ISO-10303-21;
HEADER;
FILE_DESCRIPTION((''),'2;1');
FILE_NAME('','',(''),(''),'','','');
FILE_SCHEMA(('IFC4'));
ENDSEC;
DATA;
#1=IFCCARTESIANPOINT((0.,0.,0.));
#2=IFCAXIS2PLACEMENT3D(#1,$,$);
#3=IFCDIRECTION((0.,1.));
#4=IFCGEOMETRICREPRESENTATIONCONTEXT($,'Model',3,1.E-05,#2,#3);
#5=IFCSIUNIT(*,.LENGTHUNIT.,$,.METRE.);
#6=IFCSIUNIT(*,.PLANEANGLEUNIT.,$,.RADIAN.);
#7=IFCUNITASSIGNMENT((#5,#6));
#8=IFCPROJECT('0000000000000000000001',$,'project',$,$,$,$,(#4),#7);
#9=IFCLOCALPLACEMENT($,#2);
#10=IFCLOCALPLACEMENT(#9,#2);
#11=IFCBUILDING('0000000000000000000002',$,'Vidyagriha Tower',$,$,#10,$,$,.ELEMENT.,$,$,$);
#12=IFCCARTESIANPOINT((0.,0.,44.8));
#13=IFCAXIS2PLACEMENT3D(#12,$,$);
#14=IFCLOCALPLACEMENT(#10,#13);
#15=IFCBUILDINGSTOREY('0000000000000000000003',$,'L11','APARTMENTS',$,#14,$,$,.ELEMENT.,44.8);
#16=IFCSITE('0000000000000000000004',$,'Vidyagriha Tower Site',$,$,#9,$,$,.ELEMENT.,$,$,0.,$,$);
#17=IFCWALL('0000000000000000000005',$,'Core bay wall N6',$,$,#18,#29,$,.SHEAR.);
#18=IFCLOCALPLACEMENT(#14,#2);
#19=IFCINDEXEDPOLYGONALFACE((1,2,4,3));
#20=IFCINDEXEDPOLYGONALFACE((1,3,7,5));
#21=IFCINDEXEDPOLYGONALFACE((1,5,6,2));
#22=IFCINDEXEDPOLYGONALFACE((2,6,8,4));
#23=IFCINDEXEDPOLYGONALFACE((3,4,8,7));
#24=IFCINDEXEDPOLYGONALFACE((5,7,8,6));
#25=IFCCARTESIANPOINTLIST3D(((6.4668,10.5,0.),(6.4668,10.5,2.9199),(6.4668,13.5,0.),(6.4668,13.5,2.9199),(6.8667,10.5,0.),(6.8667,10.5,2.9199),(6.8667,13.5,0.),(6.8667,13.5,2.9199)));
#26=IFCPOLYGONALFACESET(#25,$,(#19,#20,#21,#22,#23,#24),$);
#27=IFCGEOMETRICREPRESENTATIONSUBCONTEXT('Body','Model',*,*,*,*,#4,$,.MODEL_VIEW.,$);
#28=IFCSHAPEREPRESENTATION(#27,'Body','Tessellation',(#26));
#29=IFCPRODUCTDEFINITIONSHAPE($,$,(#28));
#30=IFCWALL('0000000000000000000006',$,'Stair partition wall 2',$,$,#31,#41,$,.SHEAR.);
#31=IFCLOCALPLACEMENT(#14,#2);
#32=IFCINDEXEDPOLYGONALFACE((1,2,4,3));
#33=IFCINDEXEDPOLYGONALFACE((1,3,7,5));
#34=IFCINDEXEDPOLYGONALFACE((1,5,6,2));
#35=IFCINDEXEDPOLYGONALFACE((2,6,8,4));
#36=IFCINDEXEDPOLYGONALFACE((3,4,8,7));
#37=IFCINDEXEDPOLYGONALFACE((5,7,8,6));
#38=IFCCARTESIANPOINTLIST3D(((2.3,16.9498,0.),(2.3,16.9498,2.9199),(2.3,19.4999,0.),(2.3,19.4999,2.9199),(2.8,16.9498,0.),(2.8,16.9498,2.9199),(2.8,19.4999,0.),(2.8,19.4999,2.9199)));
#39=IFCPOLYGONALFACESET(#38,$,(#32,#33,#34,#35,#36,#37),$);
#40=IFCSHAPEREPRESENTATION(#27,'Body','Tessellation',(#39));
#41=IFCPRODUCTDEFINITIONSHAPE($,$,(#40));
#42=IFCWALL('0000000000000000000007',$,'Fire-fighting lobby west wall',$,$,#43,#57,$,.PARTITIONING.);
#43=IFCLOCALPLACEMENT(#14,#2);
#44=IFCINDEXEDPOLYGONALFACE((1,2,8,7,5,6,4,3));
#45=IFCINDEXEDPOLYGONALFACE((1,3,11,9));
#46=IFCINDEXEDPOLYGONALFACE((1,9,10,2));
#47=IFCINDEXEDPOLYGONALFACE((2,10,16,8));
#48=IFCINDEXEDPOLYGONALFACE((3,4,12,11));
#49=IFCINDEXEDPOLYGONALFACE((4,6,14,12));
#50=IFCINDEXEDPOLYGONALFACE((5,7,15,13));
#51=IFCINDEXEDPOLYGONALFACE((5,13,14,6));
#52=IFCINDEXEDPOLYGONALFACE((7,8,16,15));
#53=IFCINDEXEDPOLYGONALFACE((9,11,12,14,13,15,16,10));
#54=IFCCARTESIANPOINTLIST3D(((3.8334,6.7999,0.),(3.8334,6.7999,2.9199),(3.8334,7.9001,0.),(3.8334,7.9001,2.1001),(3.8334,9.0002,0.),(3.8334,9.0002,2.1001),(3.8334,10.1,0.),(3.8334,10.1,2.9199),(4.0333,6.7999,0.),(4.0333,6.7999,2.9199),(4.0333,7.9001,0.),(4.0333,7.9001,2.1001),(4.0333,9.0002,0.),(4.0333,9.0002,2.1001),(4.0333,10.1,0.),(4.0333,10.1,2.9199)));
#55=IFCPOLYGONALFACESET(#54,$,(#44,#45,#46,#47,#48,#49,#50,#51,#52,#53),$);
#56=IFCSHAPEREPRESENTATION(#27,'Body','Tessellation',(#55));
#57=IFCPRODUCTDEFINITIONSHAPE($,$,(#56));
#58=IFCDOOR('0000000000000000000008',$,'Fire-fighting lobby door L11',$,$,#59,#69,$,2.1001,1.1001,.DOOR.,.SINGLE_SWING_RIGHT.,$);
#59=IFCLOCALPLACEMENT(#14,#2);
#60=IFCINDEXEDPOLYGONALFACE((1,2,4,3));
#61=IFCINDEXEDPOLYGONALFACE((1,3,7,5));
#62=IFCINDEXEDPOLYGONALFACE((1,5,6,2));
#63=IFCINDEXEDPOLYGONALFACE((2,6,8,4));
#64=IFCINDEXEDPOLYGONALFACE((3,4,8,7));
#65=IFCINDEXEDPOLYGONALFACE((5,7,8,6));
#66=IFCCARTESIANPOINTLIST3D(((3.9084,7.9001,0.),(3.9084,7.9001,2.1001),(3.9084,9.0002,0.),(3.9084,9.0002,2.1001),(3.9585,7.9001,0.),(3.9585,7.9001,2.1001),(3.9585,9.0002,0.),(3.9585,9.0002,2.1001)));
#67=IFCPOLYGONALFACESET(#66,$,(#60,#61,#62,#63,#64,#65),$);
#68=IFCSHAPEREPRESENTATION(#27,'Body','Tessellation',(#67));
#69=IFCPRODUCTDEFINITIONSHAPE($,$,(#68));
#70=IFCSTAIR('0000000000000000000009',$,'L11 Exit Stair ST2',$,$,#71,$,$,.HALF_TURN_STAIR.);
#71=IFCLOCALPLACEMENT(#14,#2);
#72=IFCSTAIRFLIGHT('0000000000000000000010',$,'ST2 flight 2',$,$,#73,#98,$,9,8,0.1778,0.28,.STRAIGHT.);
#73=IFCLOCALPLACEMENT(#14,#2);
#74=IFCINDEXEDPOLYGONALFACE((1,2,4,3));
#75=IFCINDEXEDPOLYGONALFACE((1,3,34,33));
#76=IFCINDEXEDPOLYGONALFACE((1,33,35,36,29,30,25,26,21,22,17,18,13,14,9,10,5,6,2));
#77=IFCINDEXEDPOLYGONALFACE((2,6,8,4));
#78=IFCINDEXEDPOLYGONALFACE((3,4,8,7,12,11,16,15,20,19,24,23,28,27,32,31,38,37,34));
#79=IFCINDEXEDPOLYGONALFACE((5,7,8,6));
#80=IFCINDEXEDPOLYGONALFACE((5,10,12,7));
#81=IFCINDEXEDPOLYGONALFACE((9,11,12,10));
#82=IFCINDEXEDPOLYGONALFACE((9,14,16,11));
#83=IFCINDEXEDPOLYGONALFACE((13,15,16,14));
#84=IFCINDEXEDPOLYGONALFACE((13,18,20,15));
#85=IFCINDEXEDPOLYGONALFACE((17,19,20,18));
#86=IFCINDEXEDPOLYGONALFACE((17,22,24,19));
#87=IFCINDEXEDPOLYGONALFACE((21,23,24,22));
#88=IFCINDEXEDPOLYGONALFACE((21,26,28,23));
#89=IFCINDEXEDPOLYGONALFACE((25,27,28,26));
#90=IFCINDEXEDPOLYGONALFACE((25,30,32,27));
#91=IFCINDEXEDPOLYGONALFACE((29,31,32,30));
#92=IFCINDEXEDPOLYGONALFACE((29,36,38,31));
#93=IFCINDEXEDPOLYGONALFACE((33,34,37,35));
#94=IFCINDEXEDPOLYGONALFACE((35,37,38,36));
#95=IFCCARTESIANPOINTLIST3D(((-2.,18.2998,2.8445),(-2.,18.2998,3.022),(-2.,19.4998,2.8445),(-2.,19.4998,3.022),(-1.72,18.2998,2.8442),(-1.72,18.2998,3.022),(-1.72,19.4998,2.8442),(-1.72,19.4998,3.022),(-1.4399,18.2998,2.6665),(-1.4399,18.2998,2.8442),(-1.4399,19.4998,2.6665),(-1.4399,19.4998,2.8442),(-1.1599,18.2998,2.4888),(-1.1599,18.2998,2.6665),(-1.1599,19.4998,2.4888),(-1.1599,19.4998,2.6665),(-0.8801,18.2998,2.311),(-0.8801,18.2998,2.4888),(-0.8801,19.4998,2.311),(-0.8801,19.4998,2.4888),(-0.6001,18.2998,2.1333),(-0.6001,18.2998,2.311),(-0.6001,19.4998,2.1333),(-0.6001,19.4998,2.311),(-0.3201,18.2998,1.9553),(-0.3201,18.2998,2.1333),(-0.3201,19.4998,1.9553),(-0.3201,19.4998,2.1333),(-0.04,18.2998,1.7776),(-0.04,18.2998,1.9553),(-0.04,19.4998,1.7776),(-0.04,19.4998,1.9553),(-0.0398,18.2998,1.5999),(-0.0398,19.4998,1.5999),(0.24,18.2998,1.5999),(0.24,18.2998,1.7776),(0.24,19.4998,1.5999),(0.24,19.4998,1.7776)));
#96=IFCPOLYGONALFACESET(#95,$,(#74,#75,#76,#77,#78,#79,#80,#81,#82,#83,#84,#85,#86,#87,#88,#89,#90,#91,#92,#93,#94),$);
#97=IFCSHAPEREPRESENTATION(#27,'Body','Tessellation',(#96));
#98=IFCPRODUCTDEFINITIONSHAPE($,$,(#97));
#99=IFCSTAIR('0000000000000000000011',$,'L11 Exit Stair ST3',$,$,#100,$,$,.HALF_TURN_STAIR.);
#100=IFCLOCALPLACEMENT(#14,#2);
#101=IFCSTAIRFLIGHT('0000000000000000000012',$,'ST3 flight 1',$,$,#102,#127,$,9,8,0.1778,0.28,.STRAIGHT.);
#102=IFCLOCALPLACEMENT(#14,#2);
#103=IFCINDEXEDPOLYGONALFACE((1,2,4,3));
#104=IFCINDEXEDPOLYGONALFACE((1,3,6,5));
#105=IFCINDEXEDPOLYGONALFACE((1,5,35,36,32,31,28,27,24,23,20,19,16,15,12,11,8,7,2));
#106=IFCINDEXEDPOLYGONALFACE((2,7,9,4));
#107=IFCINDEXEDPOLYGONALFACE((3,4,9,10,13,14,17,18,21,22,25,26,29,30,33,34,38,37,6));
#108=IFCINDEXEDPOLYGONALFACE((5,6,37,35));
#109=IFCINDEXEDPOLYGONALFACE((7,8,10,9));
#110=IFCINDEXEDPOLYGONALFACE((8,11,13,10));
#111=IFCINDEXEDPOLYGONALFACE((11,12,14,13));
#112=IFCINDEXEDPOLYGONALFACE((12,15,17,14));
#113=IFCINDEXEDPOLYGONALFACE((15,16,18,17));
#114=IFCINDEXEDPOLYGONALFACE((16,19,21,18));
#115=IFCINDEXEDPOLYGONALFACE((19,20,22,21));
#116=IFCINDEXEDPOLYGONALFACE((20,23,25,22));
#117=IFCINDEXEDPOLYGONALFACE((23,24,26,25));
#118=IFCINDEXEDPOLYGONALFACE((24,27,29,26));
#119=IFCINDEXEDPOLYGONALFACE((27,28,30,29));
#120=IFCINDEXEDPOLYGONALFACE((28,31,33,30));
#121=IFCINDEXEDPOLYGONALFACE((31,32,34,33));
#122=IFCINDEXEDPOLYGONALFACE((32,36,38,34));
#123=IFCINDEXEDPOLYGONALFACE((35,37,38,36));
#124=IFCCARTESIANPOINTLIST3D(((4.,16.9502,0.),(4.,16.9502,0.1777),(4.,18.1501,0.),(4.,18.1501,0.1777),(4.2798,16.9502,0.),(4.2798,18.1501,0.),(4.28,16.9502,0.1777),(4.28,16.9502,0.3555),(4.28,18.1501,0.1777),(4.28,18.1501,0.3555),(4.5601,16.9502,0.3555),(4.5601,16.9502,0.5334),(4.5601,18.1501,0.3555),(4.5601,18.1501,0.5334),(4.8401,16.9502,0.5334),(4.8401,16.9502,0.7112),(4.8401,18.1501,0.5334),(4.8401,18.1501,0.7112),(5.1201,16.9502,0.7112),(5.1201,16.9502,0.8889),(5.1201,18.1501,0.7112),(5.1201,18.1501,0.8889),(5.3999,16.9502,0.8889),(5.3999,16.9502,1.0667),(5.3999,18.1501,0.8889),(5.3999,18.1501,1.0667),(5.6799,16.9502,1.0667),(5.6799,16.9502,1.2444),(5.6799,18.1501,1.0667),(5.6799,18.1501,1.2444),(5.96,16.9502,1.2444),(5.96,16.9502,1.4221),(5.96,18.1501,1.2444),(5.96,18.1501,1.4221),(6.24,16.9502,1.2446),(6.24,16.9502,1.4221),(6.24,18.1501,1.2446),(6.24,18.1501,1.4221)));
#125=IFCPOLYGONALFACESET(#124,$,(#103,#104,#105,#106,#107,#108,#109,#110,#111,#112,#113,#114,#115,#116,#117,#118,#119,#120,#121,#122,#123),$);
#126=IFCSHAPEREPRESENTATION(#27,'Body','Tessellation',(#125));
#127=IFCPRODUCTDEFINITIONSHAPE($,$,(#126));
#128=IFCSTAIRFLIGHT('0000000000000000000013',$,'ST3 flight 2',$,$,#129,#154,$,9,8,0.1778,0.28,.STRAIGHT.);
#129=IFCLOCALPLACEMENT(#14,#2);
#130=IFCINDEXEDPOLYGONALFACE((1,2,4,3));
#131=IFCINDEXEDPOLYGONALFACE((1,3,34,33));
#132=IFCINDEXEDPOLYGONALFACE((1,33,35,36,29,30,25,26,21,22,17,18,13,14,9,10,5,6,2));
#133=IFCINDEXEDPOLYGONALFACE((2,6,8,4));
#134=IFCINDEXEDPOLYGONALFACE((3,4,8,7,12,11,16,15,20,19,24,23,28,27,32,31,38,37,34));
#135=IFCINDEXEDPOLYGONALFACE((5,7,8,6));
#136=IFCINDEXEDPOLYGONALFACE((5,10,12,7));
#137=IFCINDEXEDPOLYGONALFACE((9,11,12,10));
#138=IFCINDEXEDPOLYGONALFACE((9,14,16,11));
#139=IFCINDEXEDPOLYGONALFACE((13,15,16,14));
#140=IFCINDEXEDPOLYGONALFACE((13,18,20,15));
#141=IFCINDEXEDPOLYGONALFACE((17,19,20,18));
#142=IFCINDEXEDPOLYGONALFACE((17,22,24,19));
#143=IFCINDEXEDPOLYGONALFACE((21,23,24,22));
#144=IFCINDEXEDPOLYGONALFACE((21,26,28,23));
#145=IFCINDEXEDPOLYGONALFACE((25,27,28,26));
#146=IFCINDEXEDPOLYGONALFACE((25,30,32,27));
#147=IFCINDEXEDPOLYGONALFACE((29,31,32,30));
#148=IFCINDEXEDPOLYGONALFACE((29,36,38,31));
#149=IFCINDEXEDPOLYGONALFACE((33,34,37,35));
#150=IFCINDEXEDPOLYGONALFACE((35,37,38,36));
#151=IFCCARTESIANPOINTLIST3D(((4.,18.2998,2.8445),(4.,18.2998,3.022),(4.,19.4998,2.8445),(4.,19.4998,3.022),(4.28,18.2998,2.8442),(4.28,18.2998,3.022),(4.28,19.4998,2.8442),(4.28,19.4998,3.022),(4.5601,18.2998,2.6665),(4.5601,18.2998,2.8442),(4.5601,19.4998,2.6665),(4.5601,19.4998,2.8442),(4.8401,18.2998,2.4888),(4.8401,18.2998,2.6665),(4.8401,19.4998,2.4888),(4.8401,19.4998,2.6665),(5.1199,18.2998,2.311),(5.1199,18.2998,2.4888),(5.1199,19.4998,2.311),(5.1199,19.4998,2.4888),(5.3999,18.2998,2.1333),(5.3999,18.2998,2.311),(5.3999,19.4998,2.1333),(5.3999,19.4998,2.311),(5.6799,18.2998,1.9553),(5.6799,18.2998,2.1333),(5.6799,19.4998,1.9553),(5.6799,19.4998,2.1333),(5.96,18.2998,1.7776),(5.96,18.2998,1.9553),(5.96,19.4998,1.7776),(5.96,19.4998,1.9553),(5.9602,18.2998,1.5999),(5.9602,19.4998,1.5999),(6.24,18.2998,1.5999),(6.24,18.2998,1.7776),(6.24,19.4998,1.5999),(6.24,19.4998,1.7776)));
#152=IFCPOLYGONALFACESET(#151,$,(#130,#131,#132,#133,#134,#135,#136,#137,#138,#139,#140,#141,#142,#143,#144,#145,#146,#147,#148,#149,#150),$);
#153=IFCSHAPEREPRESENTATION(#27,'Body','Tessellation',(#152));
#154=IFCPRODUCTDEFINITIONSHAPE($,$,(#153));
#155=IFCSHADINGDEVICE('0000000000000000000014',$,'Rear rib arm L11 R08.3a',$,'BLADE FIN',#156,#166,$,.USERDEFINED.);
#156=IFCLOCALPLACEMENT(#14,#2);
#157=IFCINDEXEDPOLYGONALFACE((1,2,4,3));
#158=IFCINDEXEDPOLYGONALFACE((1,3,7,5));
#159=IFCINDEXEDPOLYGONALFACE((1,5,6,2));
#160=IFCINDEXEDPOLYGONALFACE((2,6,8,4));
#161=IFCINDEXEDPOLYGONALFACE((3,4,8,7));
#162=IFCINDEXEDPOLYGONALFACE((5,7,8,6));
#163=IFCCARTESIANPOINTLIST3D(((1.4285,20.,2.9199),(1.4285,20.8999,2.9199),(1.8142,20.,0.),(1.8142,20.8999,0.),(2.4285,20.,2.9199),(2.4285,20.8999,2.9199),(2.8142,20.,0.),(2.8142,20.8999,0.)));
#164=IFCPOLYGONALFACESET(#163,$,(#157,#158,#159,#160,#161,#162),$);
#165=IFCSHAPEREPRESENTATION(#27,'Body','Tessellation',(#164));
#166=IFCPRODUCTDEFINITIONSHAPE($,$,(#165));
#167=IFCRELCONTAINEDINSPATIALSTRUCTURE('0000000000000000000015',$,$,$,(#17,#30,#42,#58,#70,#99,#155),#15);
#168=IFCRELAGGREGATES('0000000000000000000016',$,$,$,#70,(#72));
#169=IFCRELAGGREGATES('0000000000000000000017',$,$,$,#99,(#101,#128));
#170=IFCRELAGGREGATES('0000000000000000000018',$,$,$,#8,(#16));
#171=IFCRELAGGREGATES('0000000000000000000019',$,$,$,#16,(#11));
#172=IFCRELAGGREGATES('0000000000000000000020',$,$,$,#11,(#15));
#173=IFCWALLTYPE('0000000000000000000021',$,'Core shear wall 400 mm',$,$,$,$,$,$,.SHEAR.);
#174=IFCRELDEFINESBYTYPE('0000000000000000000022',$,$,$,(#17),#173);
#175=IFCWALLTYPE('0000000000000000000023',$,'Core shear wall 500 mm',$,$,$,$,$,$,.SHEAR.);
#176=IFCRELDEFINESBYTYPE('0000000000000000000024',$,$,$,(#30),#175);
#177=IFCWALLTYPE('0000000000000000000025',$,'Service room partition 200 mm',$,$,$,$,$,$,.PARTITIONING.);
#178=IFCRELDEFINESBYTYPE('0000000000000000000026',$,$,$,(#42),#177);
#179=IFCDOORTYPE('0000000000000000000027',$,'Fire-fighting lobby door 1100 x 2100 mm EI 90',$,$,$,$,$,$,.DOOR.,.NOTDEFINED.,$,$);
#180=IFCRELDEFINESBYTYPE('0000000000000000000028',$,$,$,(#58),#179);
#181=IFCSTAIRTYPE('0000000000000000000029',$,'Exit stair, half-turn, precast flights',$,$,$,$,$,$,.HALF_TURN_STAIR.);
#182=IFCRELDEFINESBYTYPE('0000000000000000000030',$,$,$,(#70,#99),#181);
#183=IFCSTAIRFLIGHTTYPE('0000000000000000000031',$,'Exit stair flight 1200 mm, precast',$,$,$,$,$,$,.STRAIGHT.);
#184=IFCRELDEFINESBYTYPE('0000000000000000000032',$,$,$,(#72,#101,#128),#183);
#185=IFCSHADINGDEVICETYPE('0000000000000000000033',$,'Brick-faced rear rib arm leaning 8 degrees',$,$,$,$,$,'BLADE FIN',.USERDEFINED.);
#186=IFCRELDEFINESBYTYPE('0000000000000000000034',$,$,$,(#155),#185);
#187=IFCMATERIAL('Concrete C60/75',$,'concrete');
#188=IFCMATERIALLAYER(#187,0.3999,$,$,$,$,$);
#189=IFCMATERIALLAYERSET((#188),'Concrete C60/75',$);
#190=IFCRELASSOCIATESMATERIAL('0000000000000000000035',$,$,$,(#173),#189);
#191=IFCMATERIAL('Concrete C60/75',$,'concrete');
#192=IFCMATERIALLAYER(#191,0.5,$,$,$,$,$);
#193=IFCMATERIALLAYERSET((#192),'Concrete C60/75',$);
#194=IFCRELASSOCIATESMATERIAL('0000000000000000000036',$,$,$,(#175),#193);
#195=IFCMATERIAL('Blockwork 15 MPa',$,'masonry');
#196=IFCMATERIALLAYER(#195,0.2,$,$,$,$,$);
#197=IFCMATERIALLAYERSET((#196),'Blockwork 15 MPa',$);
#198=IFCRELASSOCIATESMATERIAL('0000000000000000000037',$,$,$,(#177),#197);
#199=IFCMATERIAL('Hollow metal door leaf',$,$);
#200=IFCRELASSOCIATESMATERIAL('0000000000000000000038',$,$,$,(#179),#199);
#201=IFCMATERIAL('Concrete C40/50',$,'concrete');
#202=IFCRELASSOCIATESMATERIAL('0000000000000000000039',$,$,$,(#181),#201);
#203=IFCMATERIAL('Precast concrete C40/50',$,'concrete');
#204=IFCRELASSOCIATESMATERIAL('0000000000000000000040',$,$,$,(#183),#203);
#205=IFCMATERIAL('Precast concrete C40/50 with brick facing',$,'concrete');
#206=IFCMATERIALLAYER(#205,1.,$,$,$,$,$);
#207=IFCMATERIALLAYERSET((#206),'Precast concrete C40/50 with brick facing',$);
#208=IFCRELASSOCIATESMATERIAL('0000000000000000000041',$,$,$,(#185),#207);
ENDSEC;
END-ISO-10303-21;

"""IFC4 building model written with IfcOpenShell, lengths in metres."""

from ifc_helpers import new_model, si_unit, direction, frame, frame_2d, origin, place, context, subcontext, project, spatial, polyline, rectangle, outline, extrude, material, layer, layer_set, type_object, element, fill, aggregate, save


model = new_model("IFC4")

# Units and contexts
model_context = context("Model", 3, precision=1e-05, world=origin(), true_north=direction((0.0, 1.0)))
body_context = subcontext(model_context, "Body", "Model", "MODEL_VIEW")
ifc_project = project(units=[si_unit("LENGTHUNIT", "METRE"), si_unit("PLANEANGLEUNIT", "RADIAN")], contexts=[model_context])

# Site, building, storey
site_placement = place(None, origin())
site = spatial("IfcSite", under=ifc_project, at=site_placement, Name="Vidyagriha Tower Site", CompositionType="ELEMENT", RefElevation=0.0)
building_placement = place(site_placement, origin())
building = spatial("IfcBuilding", under=site, at=building_placement, Name="Vidyagriha Tower", CompositionType="ELEMENT")
storey_placement = place(building_placement, frame((0.0, 0.0, 44.8)))
storey = spatial("IfcBuildingStorey", under=building, at=storey_placement, Name="L11", Description="APARTMENTS", CompositionType="ELEMENT", Elevation=44.8)

# Shared definitions
ifc_material_1 = material(Name="Concrete C60/75", Category="concrete")
ifc_layer_1 = layer(ifc_material_1, 0.3999)
ifc_layer_set_1 = layer_set([ifc_layer_1], Name="Concrete C60/75")
wall_type_1 = type_object("IfcWallType", Name="Core shear wall 400 mm", PredefinedType="SHEAR", material=ifc_layer_set_1)

# Walls
for number, where, z_axis, x_axis, name in (
    (1, (6.6667, 10.5, 0.0), (0.0, 0.0, 1.0), (0.0, 1.0, 0.0), "Core bay wall N6"),
):
    element("IfcWall", number, at=place(storey_placement, frame(where, z_axis=z_axis, x_axis=x_axis)), inside=storey, type_object=wall_type_1, Name=name, PredefinedType="SHEAR", context=body_context, shape_type="SweptSolid", body=[
        extrude(rectangle(XDim=3.0, YDim=0.3999, at=frame_2d((1.5, 0.0))), origin(), (0.0, 0.0, 1.0), 2.9199),
    ])
ifc_material_2 = material(Name="Concrete C60/75", Category="concrete")
ifc_layer_2 = layer(ifc_material_2, 0.5)
ifc_layer_set_2 = layer_set([ifc_layer_2], Name="Concrete C60/75")
wall_type_2 = type_object("IfcWallType", Name="Core shear wall 500 mm", PredefinedType="SHEAR", material=ifc_layer_set_2)
wall_1_placement = place(storey_placement, frame((2.55, 16.95, 0.0), z_axis=(0.0, 0.0, 1.0), x_axis=(0.0, 1.0, 0.0)))
element("IfcWall", 2, at=wall_1_placement, inside=storey, type_object=wall_type_2, Name="Stair partition wall 2", PredefinedType="SHEAR", context=body_context, shape_type="SweptSolid", body=[
    extrude(rectangle(XDim=2.55, YDim=0.5, at=frame_2d((1.2749, 0.0))), origin(), (0.0, 0.0, 1.0), 2.9199),
])

# Wall, opening, door
ifc_material_3 = material(Name="Blockwork 15 MPa", Category="masonry")
ifc_layer_3 = layer(ifc_material_3, 0.2)
ifc_layer_set_3 = layer_set([ifc_layer_3], Name="Blockwork 15 MPa")
wall_type_3 = type_object("IfcWallType", Name="Service room partition 200 mm", PredefinedType="PARTITIONING", material=ifc_layer_set_3)
wall_2_placement = place(storey_placement, frame((3.9333, 6.8, 0.0), z_axis=(0.0, 0.0, 1.0), x_axis=(0.0, 1.0, 0.0)))
wall_2 = element("IfcWall", 3, at=wall_2_placement, inside=storey, type_object=wall_type_3, Name="Fire-fighting lobby west wall", PredefinedType="PARTITIONING", context=body_context, shape_type="SweptSolid", body=[
    extrude(rectangle(XDim=3.3, YDim=0.2, at=frame_2d((1.6499, 0.0))), origin(), (0.0, 0.0, 1.0), 2.9199),
])
opening_1_placement = place(wall_2_placement, frame((1.1001, 0.0, 0.0)))
opening_1 = element("IfcOpeningElement", 4, at=opening_1_placement, cuts=wall_2, PredefinedType="OPENING", context=body_context, shape_type="SweptSolid", body=[
    extrude(rectangle(XDim=1.1001, YDim=2.1001, at=frame_2d((0.55, 1.05))), frame((0.0, 0.1099, 0.0), z_axis=(0.0, -1.0, 0.0), x_axis=(1.0, 0.0, 0.0)), (0.0, 0.0, 1.0), 0.22),
])
ifc_material_4 = material(Name="Hollow metal door leaf")
door_type_1 = type_object("IfcDoorType", Name="Fire-fighting lobby door 1100 x 2100 mm EI 90", OperationType="NOTDEFINED", PredefinedType="DOOR", material=ifc_material_4)
door_1_placement = place(opening_1_placement, origin())
door_1 = element("IfcDoor", 5, at=door_1_placement, inside=storey, type_object=door_type_1, Name="Fire-fighting lobby door L11", OperationType="SINGLE_SWING_RIGHT", OverallHeight=2.1001, OverallWidth=1.1001, PredefinedType="DOOR", context=body_context, shape_type="SweptSolid", body=[
    extrude(rectangle(XDim=1.1001, YDim=2.1001, at=frame_2d((0.55, 1.05))), frame((0.0, 0.0249, 0.0), z_axis=(0.0, -1.0, 0.0), x_axis=(1.0, 0.0, 0.0)), (0.0, 0.0, 1.0), 0.05),
])
fill(opening_1, door_1)

# Stair, stair flight
ifc_material_5 = material(Name="Concrete C40/50", Category="concrete")
stair_type = type_object("IfcStairType", Name="Exit stair, half-turn, precast flights", PredefinedType="HALF_TURN_STAIR", material=ifc_material_5)
stair_1_placement = place(storey_placement, origin())
stair_1 = element("IfcStair", 6, at=stair_1_placement, inside=storey, type_object=stair_type, Name="L11 Exit Stair ST2", PredefinedType="HALF_TURN_STAIR")
ifc_material_6 = material(Name="Precast concrete C40/50", Category="concrete")
stair_flight_type = type_object("IfcStairFlightType", Name="Exit stair flight 1200 mm, precast", PredefinedType="STRAIGHT", material=ifc_material_6)
stair_flight_1_placement = place(storey_placement, frame((0.24, 18.8999, 1.5999), z_axis=(0.0, 0.0, 1.0), x_axis=(-1.0, 0.0, 0.0)))
stair_flight_1 = element("IfcStairFlight", 7, at=stair_flight_1_placement, type_object=stair_flight_type, Name="ST2 flight 2", NumberOfRisers=9, NumberOfTreads=8, PredefinedType="STRAIGHT", RiserHeight=0.1778, TreadLength=0.28, context=body_context, shape_type="SweptSolid", body=[
    extrude(outline(polyline([(0.0, 0.0), (0.0, 0.1777), (0.28, 0.1777), (0.28, 0.3555), (0.5601, 0.3555), (0.5601, 0.5334), (0.8401, 0.5334), (0.8401, 0.7112), (1.1201, 0.7112), (1.1201, 0.8889), (1.3999, 0.8889), (1.3999, 1.0667), (1.6799, 1.0667), (1.6799, 1.2444), (1.96, 1.2444), (1.96, 1.4221), (2.24, 1.4221), (2.24, 1.6001), (2.24, 1.2446), (0.2798, 0.0), (0.0, 0.0)])), frame((0.0, 0.6001, 0.0), z_axis=(0.0, -1.0, 0.0), x_axis=(1.0, 0.0, 0.0)), (0.0, 0.0, 1.0), 1.2),
])
aggregate(stair_1, [stair_flight_1])

# Stair, stair flights
stair_2_placement = place(storey_placement, origin())
stair_2 = element("IfcStair", 8, at=stair_2_placement, inside=storey, type_object=stair_type, Name="L11 Exit Stair ST3", PredefinedType="HALF_TURN_STAIR")
stair_flight_2_placement = place(storey_placement, frame((4.0, 17.55, 0.0)))
stair_flight_2 = element("IfcStairFlight", 9, at=stair_flight_2_placement, type_object=stair_flight_type, Name="ST3 flight 1", NumberOfRisers=9, NumberOfTreads=8, PredefinedType="STRAIGHT", RiserHeight=0.1778, TreadLength=0.28, context=body_context, shape_type="SweptSolid", body=[
    extrude(outline(polyline([(0.0, 0.0), (0.0, 0.1777), (0.28, 0.1777), (0.28, 0.3555), (0.5601, 0.3555), (0.5601, 0.5334), (0.8401, 0.5334), (0.8401, 0.7112), (1.1201, 0.7112), (1.1201, 0.8889), (1.3999, 0.8889), (1.3999, 1.0667), (1.6799, 1.0667), (1.6799, 1.2444), (1.96, 1.2444), (1.96, 1.4221), (2.24, 1.4221), (2.24, 1.6001), (2.24, 1.2446), (0.2798, 0.0), (0.0, 0.0)])), frame((0.0, 0.6001, 0.0), z_axis=(0.0, -1.0, 0.0), x_axis=(1.0, 0.0, 0.0)), (0.0, 0.0, 1.0), 1.2),
])
stair_flight_3_placement = place(storey_placement, frame((6.24, 18.8999, 1.5999), z_axis=(0.0, 0.0, 1.0), x_axis=(-1.0, 0.0, 0.0)))
stair_flight_3 = element("IfcStairFlight", 10, at=stair_flight_3_placement, type_object=stair_flight_type, Name="ST3 flight 2", NumberOfRisers=9, NumberOfTreads=8, PredefinedType="STRAIGHT", RiserHeight=0.1778, TreadLength=0.28, context=body_context, shape_type="SweptSolid", body=[
    extrude(outline(polyline([(0.0, 0.0), (0.0, 0.1777), (0.28, 0.1777), (0.28, 0.3555), (0.5601, 0.3555), (0.5601, 0.5334), (0.8401, 0.5334), (0.8401, 0.7112), (1.1201, 0.7112), (1.1201, 0.8889), (1.3999, 0.8889), (1.3999, 1.0667), (1.6799, 1.0667), (1.6799, 1.2444), (1.96, 1.2444), (1.96, 1.4221), (2.24, 1.4221), (2.24, 1.6001), (2.24, 1.2446), (0.2798, 0.0), (0.0, 0.0)])), frame((0.0, 0.6001, 0.0), z_axis=(0.0, -1.0, 0.0), x_axis=(1.0, 0.0, 0.0)), (0.0, 0.0, 1.0), 1.2),
])
aggregate(stair_2, [stair_flight_2, stair_flight_3])

# Shading device
ifc_material_7 = material(Name="Precast concrete C40/50 with brick facing", Category="concrete")
ifc_layer_4 = layer(ifc_material_7, 1.0)
ifc_layer_set_4 = layer_set([ifc_layer_4], Name="Precast concrete C40/50 with brick facing")
shading_device_type = type_object("IfcShadingDeviceType", Name="Brick-faced rear rib arm leaning 8 degrees", ElementType="BLADE FIN", PredefinedType="USERDEFINED", material=ifc_layer_set_4)
shading_device_placement = place(storey_placement, frame((2.8142, 20.45, 0.0), z_axis=(0.0, 0.0, 1.0), x_axis=(-1.0, 0.0, 0.0)))
element("IfcShadingDevice", 11, at=shading_device_placement, inside=storey, type_object=shading_device_type, Name="Rear rib arm L11 R08.3a", ObjectType="BLADE FIN", PredefinedType="USERDEFINED", context=body_context, shape_type="SweptSolid", body=[
    extrude(outline(polyline([(0.0, 0.0), (1.0, 0.0), (1.3857, 2.9199), (0.3857, 2.9199), (0.0, 0.0)])), frame((0.0, 0.45, 0.0), z_axis=(0.0, -1.0, 0.0), x_axis=(1.0, 0.0, 0.0)), (0.0, 0.0, 1.0), 0.8999),
])

save(model, "model.ifc")
